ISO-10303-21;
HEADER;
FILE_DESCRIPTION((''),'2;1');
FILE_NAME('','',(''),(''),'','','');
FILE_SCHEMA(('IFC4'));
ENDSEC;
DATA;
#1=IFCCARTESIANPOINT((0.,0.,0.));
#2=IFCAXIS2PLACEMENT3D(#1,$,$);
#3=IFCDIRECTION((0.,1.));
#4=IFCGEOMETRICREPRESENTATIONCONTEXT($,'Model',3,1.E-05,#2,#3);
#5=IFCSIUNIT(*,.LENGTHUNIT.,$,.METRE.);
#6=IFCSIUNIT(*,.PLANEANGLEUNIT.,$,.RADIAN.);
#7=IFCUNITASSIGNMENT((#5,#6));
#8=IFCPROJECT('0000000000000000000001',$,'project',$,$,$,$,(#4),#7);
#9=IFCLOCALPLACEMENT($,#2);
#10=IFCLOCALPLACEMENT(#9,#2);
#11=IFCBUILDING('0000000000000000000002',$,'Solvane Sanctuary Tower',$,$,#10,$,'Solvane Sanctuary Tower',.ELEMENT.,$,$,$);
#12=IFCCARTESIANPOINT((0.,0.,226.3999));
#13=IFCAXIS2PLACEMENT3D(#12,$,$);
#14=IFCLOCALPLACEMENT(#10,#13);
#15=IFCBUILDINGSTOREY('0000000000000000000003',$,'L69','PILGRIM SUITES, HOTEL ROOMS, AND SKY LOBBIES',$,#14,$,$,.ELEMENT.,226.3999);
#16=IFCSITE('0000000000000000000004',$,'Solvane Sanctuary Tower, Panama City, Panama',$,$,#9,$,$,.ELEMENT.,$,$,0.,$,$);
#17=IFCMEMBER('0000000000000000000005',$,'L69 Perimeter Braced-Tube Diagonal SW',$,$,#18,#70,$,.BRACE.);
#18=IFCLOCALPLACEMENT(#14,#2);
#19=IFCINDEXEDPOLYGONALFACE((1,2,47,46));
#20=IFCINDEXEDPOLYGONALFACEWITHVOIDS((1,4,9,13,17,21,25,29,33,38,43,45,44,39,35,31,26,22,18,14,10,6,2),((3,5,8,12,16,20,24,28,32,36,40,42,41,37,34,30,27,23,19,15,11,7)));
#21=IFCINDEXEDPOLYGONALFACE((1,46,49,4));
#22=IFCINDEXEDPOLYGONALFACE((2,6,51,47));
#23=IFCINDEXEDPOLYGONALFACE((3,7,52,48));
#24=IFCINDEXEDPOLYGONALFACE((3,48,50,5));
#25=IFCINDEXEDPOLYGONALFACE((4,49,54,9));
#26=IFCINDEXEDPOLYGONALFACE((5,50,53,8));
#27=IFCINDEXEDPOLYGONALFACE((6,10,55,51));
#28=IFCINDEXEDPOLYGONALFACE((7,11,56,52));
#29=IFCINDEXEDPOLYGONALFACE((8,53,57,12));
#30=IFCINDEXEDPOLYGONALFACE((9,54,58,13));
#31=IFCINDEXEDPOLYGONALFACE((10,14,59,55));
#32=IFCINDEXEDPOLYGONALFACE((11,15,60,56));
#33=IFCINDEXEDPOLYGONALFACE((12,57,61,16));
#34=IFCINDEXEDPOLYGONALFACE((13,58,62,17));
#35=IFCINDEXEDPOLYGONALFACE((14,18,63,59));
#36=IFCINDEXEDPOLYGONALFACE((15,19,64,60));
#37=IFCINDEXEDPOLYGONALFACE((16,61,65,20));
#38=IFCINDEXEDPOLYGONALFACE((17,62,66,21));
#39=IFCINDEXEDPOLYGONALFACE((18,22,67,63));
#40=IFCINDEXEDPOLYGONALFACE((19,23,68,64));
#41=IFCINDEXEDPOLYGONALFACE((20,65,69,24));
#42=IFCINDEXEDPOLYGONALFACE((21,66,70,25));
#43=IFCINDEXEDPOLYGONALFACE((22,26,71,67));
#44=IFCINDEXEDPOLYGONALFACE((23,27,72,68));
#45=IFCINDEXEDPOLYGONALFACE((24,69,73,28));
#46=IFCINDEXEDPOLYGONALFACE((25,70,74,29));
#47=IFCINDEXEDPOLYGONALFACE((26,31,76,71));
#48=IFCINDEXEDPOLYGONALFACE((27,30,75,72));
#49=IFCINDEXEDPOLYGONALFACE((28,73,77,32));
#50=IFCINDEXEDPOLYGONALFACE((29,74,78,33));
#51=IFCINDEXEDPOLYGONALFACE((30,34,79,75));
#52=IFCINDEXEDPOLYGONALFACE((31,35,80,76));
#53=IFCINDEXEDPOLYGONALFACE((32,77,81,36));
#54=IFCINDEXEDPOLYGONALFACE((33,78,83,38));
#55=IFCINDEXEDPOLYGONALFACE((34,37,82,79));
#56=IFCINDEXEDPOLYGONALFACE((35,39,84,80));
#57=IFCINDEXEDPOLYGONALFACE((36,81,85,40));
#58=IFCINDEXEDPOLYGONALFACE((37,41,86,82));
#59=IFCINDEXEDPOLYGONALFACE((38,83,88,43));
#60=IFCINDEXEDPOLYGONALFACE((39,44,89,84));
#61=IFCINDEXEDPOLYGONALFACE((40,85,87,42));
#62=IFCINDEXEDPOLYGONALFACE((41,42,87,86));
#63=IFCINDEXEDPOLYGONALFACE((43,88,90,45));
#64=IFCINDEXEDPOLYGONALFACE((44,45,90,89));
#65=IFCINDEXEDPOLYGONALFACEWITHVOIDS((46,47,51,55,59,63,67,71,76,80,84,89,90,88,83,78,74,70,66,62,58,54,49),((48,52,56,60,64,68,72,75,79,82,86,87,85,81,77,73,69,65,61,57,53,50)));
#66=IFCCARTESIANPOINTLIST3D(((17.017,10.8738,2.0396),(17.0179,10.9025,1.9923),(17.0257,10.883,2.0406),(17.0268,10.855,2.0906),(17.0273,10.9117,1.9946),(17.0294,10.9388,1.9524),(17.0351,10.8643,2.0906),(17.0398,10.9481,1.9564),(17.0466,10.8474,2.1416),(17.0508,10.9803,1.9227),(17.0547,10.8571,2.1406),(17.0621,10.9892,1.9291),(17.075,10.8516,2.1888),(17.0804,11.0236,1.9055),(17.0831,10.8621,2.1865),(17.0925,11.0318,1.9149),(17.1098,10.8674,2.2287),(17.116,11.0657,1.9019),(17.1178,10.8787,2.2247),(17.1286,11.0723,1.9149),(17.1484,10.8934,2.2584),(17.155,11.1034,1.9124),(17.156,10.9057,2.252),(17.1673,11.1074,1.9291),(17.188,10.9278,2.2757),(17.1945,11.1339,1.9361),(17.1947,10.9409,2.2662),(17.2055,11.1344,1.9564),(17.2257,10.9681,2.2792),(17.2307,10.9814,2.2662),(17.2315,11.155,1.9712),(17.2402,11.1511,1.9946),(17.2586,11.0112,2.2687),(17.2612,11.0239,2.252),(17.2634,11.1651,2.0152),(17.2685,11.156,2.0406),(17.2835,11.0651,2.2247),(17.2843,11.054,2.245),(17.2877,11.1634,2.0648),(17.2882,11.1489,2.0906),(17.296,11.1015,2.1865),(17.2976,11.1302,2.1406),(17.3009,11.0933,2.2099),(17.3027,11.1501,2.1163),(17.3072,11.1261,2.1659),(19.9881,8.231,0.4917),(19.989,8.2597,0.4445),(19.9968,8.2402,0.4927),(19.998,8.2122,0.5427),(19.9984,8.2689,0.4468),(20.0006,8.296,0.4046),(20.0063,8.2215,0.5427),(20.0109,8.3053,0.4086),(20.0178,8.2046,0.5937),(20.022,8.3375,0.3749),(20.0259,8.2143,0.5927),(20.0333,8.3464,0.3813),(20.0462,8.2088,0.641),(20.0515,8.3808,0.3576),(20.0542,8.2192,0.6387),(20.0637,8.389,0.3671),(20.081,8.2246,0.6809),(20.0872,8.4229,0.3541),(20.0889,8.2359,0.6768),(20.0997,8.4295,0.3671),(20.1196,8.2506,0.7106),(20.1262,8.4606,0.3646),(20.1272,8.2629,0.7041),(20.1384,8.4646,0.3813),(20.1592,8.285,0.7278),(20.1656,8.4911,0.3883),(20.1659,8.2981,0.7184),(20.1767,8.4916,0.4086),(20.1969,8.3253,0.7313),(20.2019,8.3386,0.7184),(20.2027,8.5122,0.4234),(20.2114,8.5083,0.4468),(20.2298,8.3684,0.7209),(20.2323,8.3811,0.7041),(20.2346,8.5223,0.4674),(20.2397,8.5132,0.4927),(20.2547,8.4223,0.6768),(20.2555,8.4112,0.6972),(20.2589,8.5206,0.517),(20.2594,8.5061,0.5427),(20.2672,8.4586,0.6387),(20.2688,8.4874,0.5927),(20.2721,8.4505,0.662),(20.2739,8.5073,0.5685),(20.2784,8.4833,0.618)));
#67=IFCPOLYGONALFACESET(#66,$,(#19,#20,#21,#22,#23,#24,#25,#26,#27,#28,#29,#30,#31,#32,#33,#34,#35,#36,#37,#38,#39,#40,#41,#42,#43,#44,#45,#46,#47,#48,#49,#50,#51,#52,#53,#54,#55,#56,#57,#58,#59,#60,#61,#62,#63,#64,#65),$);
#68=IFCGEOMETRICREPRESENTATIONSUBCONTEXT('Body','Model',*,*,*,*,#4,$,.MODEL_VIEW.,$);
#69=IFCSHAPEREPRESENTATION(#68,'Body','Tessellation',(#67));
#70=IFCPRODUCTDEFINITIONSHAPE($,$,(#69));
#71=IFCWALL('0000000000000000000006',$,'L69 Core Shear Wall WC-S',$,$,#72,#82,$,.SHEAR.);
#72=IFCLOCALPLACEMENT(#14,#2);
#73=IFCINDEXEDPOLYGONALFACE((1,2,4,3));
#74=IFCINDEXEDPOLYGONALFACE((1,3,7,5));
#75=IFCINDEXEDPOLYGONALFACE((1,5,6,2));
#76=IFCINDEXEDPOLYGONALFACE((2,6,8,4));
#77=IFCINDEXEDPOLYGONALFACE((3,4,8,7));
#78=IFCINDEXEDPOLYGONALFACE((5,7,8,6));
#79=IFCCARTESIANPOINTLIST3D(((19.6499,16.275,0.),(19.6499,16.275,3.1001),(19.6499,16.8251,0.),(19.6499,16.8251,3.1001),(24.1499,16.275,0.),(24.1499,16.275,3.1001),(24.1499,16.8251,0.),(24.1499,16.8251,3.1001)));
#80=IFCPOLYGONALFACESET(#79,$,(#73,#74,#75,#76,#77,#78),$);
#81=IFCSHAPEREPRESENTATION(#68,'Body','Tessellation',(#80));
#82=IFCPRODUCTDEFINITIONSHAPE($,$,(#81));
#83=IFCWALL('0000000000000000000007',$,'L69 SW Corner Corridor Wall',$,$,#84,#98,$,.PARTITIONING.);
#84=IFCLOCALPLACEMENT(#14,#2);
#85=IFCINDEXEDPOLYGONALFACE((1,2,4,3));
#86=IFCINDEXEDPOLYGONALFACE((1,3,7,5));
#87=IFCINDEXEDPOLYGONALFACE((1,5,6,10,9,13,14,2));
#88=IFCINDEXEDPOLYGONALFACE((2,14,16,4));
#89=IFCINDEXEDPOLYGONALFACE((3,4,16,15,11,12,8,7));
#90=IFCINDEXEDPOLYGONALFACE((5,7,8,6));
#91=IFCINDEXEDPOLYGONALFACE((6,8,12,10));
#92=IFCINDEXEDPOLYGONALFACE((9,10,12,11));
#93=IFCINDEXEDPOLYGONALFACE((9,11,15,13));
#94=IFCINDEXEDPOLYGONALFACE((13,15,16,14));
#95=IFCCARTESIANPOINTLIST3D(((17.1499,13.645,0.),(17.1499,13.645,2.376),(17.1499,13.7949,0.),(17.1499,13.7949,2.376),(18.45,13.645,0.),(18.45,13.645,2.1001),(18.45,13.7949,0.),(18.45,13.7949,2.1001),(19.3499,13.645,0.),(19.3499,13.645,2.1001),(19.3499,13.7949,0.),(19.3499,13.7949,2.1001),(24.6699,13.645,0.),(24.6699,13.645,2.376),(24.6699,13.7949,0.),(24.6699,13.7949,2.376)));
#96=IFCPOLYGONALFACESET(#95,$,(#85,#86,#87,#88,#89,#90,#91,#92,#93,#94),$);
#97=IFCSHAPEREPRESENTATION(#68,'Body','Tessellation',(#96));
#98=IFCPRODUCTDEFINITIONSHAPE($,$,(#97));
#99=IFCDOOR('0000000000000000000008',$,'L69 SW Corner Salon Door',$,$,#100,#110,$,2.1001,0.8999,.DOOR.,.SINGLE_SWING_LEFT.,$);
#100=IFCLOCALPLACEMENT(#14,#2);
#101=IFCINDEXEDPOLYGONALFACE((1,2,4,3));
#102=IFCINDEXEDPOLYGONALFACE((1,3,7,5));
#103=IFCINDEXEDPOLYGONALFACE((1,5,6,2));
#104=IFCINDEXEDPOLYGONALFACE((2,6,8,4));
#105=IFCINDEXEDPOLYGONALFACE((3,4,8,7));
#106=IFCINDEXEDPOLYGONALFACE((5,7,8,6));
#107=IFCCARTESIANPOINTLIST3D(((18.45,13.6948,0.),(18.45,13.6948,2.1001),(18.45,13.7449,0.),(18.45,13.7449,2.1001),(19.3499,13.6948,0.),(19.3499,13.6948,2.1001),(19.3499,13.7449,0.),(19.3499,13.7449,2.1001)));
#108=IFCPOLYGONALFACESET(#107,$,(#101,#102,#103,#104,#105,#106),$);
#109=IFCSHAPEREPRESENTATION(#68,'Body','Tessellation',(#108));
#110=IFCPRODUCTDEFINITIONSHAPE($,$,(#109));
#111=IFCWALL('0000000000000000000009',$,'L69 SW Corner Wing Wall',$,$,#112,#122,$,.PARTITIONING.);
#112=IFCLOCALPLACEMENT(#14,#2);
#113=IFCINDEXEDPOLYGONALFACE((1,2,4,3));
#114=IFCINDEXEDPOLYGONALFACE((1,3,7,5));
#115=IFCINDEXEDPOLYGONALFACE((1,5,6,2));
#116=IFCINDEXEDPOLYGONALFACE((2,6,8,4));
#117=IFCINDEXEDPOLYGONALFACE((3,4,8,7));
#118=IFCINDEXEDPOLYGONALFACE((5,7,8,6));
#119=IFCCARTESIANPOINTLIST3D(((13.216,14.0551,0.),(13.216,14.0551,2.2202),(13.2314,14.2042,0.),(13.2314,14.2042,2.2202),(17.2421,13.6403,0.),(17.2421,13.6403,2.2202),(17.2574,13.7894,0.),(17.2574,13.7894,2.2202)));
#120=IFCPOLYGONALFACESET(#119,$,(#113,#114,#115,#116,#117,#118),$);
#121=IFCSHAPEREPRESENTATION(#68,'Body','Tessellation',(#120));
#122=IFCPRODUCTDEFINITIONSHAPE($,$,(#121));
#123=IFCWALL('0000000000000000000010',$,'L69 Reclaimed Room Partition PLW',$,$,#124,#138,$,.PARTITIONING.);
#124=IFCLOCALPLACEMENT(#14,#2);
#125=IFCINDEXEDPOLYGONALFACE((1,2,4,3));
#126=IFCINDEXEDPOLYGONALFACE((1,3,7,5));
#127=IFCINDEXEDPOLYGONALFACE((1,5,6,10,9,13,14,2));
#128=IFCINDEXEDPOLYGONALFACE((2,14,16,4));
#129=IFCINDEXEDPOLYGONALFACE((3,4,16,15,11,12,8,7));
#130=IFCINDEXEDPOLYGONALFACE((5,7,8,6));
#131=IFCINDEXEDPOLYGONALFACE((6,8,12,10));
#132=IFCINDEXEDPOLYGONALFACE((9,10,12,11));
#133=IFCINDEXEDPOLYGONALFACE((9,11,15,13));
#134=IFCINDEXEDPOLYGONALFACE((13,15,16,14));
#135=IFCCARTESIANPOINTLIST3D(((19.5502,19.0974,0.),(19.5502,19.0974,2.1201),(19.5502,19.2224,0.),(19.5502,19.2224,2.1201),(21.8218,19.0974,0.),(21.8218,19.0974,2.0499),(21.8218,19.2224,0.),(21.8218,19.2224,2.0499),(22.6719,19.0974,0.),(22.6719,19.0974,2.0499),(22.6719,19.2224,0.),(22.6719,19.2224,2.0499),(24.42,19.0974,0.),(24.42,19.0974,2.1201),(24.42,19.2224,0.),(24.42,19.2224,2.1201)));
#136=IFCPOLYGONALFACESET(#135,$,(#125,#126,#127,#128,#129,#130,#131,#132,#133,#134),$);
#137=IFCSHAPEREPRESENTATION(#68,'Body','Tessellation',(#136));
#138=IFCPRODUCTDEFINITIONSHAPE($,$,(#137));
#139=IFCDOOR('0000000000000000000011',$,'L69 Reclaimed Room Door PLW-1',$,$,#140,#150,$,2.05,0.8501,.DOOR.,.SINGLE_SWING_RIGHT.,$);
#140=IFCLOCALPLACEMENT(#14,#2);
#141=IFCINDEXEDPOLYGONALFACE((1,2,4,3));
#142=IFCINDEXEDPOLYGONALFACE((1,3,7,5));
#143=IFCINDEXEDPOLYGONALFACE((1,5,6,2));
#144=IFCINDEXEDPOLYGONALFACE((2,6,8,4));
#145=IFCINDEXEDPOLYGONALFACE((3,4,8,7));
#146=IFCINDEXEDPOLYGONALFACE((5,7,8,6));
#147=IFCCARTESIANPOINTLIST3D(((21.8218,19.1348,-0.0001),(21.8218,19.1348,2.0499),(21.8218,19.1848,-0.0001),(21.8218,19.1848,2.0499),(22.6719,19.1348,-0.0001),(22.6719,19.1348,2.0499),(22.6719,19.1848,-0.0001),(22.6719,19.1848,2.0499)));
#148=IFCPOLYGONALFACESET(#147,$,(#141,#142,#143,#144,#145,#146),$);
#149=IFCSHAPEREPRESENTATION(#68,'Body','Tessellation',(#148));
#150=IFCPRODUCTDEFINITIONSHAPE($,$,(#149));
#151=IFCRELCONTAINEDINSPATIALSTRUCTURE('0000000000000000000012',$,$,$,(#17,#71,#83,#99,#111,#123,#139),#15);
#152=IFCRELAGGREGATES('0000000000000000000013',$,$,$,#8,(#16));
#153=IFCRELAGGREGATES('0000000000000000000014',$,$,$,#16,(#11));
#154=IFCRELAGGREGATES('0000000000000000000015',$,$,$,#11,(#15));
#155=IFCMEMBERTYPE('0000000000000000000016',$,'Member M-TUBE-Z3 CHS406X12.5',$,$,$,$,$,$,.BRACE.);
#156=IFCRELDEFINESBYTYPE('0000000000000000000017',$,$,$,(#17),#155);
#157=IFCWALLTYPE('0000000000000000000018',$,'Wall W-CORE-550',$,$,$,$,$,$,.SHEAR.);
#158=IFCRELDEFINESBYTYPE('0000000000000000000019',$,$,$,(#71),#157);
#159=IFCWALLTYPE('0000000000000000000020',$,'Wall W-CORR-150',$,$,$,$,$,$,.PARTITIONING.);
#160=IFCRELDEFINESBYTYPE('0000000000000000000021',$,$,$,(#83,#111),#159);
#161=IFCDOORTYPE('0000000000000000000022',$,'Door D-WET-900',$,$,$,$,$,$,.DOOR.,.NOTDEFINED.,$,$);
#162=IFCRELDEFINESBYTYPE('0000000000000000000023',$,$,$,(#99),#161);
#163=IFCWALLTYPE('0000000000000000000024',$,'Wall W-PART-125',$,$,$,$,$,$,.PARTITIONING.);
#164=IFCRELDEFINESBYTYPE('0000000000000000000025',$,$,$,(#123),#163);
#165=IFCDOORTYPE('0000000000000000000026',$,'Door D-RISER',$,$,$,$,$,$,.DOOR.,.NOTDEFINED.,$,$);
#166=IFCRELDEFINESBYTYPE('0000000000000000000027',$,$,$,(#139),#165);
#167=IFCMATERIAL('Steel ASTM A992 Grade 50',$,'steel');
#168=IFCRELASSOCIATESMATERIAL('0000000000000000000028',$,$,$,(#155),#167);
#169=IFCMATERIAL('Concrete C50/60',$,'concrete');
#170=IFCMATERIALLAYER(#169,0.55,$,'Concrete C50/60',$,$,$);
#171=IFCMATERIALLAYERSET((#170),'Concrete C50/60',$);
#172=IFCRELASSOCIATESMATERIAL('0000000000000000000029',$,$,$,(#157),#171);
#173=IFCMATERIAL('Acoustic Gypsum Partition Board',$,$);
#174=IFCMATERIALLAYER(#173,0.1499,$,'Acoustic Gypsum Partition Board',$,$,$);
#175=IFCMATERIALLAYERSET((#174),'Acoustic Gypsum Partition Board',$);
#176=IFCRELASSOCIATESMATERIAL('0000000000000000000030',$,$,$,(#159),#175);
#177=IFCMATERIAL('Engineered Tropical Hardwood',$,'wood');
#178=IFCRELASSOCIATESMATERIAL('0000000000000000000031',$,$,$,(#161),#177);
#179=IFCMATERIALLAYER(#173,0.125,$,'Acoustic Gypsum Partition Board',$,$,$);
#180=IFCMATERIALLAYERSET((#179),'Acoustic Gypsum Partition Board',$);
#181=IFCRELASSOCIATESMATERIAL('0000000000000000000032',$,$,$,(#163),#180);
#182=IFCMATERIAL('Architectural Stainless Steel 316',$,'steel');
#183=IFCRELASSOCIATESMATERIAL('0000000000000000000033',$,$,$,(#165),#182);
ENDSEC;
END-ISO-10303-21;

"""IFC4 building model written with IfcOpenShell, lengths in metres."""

from ifc_helpers import new_model, si_unit, direction, frame, frame_2d, origin, origin_2d, place, context, subcontext, project, spatial, rectangle, hollow_circle, extrude, material, layer, layer_set, material_profile, profile_set, type_object, element, fill, save


model = new_model("IFC4")

# Units and contexts
model_context = context("Model", 3, precision=1e-05, world=origin(), true_north=direction((0.0, 1.0)))
body_context = subcontext(model_context, "Body", "Model", "MODEL_VIEW")
ifc_project = project(units=[si_unit("LENGTHUNIT", "METRE"), si_unit("PLANEANGLEUNIT", "RADIAN")], contexts=[model_context])

# Site, building, storey
site_placement = place(None, origin())
site = spatial("IfcSite", under=ifc_project, at=site_placement, Name="Solvane Sanctuary Tower, Panama City, Panama", CompositionType="ELEMENT", RefElevation=0.0)
building_placement = place(site_placement, origin())
building = spatial("IfcBuilding", under=site, at=building_placement, Name="Solvane Sanctuary Tower", LongName="Solvane Sanctuary Tower", CompositionType="ELEMENT")
storey_placement = place(building_placement, frame((0.0, 0.0, 226.3999)))
storey = spatial("IfcBuildingStorey", under=building, at=storey_placement, Name="L69", Description="PILGRIM SUITES, HOTEL ROOMS, AND SKY LOBBIES", CompositionType="ELEMENT", Elevation=226.3999)

# Shared definitions
ifc_material_1 = material(Name="Concrete C50/60", Category="concrete")

# Shared definitions
ifc_material_2 = material(Name="Steel ASTM A992 Grade 50", Category="steel")

# Member
ifc_material_profile_1 = material_profile(ifc_material_2, hollow_circle(Radius=0.2029, WallThickness=0.0125, at=origin_2d()), Name="CHS406X12.5")
ifc_profile_set_1 = profile_set([ifc_material_profile_1], Name="Steel ASTM A992 Grade 50")
member_type_1 = type_object("IfcMemberType", Name="Member M-TUBE-Z3 CHS406X12.5", PredefinedType="BRACE", material=ifc_profile_set_1)
member_1_placement = place(storey_placement, frame((20.1328, 8.3638, 0.5427), z_axis=(-0.696299, 0.619345, 0.362739), x_axis=(-0.664612, -0.747189, 0.0)))
element("IfcMember", 1, at=member_1_placement, inside=storey, type_object=member_type_1, Name="L69 Perimeter Braced-Tube Diagonal SW", PredefinedType="BRACE", context=body_context, shape_type="SweptSolid", body=[
    extrude(hollow_circle(Radius=0.2029, WallThickness=0.0125, at=origin_2d()), origin(), (0.0, 0.0, 1.0), 4.2671),
])

# Wall
ifc_layer_1 = layer(ifc_material_1, 0.55, Name="Concrete C50/60")
ifc_layer_set_1 = layer_set([ifc_layer_1], Name="Concrete C50/60")
wall_type_1 = type_object("IfcWallType", Name="Wall W-CORE-550", PredefinedType="SHEAR", material=ifc_layer_set_1)
wall_1_placement = place(storey_placement, frame((19.6499, 16.55, 0.0), z_axis=(0.0, 0.0, 1.0), x_axis=(1.0, 0.0, 0.0)))
element("IfcWall", 2, at=wall_1_placement, inside=storey, type_object=wall_type_1, Name="L69 Core Shear Wall WC-S", PredefinedType="SHEAR", context=body_context, shape_type="SweptSolid", body=[
    extrude(rectangle(XDim=4.5, YDim=0.55, at=frame_2d((2.25, 0.0))), origin(), (0.0, 0.0, 1.0), 3.1001),
])

# Wall, opening, door
ifc_material_3 = material(Name="Acoustic Gypsum Partition Board")
ifc_layer_2 = layer(ifc_material_3, 0.1499, Name="Acoustic Gypsum Partition Board")
ifc_layer_set_2 = layer_set([ifc_layer_2], Name="Acoustic Gypsum Partition Board")
wall_type_2 = type_object("IfcWallType", Name="Wall W-CORR-150", PredefinedType="PARTITIONING", material=ifc_layer_set_2)
wall_2_placement = place(storey_placement, frame((17.1499, 13.72, 0.0), z_axis=(0.0, 0.0, 1.0), x_axis=(1.0, 0.0, 0.0)))
wall_2 = element("IfcWall", 3, at=wall_2_placement, inside=storey, type_object=wall_type_2, Name="L69 SW Corner Corridor Wall", PredefinedType="PARTITIONING", context=body_context, shape_type="SweptSolid", body=[
    extrude(rectangle(XDim=7.52, YDim=0.1499, at=frame_2d((3.76, 0.0))), origin(), (0.0, 0.0, 1.0), 2.376),
])
opening_1_placement = place(wall_2_placement, frame((1.3, 0.0, 0.0)))
opening_1 = element("IfcOpeningElement", 4, at=opening_1_placement, cuts=wall_2, PredefinedType="OPENING", context=body_context, shape_type="SweptSolid", body=[
    extrude(rectangle(XDim=0.8999, YDim=2.1001, at=frame_2d((0.45, 1.05))), frame((0.0, 0.085, 0.0), z_axis=(0.0, -1.0, 0.0), x_axis=(1.0, 0.0, 0.0)), (0.0, 0.0, 1.0), 0.1699),
])
ifc_material_4 = material(Name="Engineered Tropical Hardwood", Category="wood")
door_type_1 = type_object("IfcDoorType", Name="Door D-WET-900", OperationType="NOTDEFINED", PredefinedType="DOOR", material=ifc_material_4)
door_1_placement = place(opening_1_placement, origin())
door_1 = element("IfcDoor", 5, at=door_1_placement, inside=storey, type_object=door_type_1, Name="L69 SW Corner Salon Door", OperationType="SINGLE_SWING_LEFT", OverallHeight=2.1001, OverallWidth=0.8999, PredefinedType="DOOR", context=body_context, shape_type="SweptSolid", body=[
    extrude(rectangle(XDim=0.8999, YDim=2.1001, at=frame_2d((0.45, 1.05))), frame((0.0, 0.0249, 0.0), z_axis=(0.0, -1.0, 0.0), x_axis=(1.0, 0.0, 0.0)), (0.0, 0.0, 1.0), 0.05),
])
fill(opening_1, door_1)

# Wall
wall_3_placement = place(storey_placement, frame((17.2498, 13.7148, 0.0), z_axis=(0.0, 0.0, 1.0), x_axis=(-0.994735, 0.102483, 0.0)))
element("IfcWall", 6, at=wall_3_placement, inside=storey, type_object=wall_type_2, Name="L69 SW Corner Wing Wall", PredefinedType="PARTITIONING", context=body_context, shape_type="SweptSolid", body=[
    extrude(rectangle(XDim=4.0474, YDim=0.1499, at=frame_2d((2.0237, 0.0))), origin(), (0.0, 0.0, 1.0), 2.2202),
])

# Wall, opening, door
ifc_layer_3 = layer(ifc_material_3, 0.125, Name="Acoustic Gypsum Partition Board")
ifc_layer_set_3 = layer_set([ifc_layer_3], Name="Acoustic Gypsum Partition Board")
wall_type_3 = type_object("IfcWallType", Name="Wall W-PART-125", PredefinedType="PARTITIONING", material=ifc_layer_set_3)
wall_4_placement = place(storey_placement, frame((19.55, 19.1599, 0.0), z_axis=(0.0, 0.0, 1.0), x_axis=(1.0, 0.0, 0.0)))
wall_4 = element("IfcWall", 7, at=wall_4_placement, inside=storey, type_object=wall_type_3, Name="L69 Reclaimed Room Partition PLW", PredefinedType="PARTITIONING", context=body_context, shape_type="SweptSolid", body=[
    extrude(rectangle(XDim=4.8699, YDim=0.125, at=frame_2d((2.4351, 0.0))), origin(), (0.0, 0.0, 1.0), 2.1201),
])
opening_2_placement = place(wall_4_placement, frame((2.2717, 0.0, 0.0)))
opening_2 = element("IfcOpeningElement", 8, at=opening_2_placement, cuts=wall_4, PredefinedType="OPENING", context=body_context, shape_type="SweptSolid", body=[
    extrude(rectangle(XDim=0.8501, YDim=2.05, at=frame_2d((0.425, 1.0249))), frame((0.0, 0.0725, 0.0), z_axis=(0.0, -1.0, 0.0), x_axis=(1.0, 0.0, 0.0)), (0.0, 0.0, 1.0), 0.145),
])
ifc_material_5 = material(Name="Architectural Stainless Steel 316", Category="steel")
door_type_2 = type_object("IfcDoorType", Name="Door D-RISER", OperationType="NOTDEFINED", PredefinedType="DOOR", material=ifc_material_5)
door_2_placement = place(opening_2_placement, origin())
door_2 = element("IfcDoor", 9, at=door_2_placement, inside=storey, type_object=door_type_2, Name="L69 Reclaimed Room Door PLW-1", OperationType="SINGLE_SWING_RIGHT", OverallHeight=2.05, OverallWidth=0.8501, PredefinedType="DOOR", context=body_context, shape_type="SweptSolid", body=[
    extrude(rectangle(XDim=0.8501, YDim=2.05, at=frame_2d((0.425, 1.0249))), frame((0.0, 0.0249, 0.0), z_axis=(0.0, -1.0, 0.0), x_axis=(1.0, 0.0, 0.0)), (0.0, 0.0, 1.0), 0.05),
])
fill(opening_2, door_2)

save(model, "model.ifc")
